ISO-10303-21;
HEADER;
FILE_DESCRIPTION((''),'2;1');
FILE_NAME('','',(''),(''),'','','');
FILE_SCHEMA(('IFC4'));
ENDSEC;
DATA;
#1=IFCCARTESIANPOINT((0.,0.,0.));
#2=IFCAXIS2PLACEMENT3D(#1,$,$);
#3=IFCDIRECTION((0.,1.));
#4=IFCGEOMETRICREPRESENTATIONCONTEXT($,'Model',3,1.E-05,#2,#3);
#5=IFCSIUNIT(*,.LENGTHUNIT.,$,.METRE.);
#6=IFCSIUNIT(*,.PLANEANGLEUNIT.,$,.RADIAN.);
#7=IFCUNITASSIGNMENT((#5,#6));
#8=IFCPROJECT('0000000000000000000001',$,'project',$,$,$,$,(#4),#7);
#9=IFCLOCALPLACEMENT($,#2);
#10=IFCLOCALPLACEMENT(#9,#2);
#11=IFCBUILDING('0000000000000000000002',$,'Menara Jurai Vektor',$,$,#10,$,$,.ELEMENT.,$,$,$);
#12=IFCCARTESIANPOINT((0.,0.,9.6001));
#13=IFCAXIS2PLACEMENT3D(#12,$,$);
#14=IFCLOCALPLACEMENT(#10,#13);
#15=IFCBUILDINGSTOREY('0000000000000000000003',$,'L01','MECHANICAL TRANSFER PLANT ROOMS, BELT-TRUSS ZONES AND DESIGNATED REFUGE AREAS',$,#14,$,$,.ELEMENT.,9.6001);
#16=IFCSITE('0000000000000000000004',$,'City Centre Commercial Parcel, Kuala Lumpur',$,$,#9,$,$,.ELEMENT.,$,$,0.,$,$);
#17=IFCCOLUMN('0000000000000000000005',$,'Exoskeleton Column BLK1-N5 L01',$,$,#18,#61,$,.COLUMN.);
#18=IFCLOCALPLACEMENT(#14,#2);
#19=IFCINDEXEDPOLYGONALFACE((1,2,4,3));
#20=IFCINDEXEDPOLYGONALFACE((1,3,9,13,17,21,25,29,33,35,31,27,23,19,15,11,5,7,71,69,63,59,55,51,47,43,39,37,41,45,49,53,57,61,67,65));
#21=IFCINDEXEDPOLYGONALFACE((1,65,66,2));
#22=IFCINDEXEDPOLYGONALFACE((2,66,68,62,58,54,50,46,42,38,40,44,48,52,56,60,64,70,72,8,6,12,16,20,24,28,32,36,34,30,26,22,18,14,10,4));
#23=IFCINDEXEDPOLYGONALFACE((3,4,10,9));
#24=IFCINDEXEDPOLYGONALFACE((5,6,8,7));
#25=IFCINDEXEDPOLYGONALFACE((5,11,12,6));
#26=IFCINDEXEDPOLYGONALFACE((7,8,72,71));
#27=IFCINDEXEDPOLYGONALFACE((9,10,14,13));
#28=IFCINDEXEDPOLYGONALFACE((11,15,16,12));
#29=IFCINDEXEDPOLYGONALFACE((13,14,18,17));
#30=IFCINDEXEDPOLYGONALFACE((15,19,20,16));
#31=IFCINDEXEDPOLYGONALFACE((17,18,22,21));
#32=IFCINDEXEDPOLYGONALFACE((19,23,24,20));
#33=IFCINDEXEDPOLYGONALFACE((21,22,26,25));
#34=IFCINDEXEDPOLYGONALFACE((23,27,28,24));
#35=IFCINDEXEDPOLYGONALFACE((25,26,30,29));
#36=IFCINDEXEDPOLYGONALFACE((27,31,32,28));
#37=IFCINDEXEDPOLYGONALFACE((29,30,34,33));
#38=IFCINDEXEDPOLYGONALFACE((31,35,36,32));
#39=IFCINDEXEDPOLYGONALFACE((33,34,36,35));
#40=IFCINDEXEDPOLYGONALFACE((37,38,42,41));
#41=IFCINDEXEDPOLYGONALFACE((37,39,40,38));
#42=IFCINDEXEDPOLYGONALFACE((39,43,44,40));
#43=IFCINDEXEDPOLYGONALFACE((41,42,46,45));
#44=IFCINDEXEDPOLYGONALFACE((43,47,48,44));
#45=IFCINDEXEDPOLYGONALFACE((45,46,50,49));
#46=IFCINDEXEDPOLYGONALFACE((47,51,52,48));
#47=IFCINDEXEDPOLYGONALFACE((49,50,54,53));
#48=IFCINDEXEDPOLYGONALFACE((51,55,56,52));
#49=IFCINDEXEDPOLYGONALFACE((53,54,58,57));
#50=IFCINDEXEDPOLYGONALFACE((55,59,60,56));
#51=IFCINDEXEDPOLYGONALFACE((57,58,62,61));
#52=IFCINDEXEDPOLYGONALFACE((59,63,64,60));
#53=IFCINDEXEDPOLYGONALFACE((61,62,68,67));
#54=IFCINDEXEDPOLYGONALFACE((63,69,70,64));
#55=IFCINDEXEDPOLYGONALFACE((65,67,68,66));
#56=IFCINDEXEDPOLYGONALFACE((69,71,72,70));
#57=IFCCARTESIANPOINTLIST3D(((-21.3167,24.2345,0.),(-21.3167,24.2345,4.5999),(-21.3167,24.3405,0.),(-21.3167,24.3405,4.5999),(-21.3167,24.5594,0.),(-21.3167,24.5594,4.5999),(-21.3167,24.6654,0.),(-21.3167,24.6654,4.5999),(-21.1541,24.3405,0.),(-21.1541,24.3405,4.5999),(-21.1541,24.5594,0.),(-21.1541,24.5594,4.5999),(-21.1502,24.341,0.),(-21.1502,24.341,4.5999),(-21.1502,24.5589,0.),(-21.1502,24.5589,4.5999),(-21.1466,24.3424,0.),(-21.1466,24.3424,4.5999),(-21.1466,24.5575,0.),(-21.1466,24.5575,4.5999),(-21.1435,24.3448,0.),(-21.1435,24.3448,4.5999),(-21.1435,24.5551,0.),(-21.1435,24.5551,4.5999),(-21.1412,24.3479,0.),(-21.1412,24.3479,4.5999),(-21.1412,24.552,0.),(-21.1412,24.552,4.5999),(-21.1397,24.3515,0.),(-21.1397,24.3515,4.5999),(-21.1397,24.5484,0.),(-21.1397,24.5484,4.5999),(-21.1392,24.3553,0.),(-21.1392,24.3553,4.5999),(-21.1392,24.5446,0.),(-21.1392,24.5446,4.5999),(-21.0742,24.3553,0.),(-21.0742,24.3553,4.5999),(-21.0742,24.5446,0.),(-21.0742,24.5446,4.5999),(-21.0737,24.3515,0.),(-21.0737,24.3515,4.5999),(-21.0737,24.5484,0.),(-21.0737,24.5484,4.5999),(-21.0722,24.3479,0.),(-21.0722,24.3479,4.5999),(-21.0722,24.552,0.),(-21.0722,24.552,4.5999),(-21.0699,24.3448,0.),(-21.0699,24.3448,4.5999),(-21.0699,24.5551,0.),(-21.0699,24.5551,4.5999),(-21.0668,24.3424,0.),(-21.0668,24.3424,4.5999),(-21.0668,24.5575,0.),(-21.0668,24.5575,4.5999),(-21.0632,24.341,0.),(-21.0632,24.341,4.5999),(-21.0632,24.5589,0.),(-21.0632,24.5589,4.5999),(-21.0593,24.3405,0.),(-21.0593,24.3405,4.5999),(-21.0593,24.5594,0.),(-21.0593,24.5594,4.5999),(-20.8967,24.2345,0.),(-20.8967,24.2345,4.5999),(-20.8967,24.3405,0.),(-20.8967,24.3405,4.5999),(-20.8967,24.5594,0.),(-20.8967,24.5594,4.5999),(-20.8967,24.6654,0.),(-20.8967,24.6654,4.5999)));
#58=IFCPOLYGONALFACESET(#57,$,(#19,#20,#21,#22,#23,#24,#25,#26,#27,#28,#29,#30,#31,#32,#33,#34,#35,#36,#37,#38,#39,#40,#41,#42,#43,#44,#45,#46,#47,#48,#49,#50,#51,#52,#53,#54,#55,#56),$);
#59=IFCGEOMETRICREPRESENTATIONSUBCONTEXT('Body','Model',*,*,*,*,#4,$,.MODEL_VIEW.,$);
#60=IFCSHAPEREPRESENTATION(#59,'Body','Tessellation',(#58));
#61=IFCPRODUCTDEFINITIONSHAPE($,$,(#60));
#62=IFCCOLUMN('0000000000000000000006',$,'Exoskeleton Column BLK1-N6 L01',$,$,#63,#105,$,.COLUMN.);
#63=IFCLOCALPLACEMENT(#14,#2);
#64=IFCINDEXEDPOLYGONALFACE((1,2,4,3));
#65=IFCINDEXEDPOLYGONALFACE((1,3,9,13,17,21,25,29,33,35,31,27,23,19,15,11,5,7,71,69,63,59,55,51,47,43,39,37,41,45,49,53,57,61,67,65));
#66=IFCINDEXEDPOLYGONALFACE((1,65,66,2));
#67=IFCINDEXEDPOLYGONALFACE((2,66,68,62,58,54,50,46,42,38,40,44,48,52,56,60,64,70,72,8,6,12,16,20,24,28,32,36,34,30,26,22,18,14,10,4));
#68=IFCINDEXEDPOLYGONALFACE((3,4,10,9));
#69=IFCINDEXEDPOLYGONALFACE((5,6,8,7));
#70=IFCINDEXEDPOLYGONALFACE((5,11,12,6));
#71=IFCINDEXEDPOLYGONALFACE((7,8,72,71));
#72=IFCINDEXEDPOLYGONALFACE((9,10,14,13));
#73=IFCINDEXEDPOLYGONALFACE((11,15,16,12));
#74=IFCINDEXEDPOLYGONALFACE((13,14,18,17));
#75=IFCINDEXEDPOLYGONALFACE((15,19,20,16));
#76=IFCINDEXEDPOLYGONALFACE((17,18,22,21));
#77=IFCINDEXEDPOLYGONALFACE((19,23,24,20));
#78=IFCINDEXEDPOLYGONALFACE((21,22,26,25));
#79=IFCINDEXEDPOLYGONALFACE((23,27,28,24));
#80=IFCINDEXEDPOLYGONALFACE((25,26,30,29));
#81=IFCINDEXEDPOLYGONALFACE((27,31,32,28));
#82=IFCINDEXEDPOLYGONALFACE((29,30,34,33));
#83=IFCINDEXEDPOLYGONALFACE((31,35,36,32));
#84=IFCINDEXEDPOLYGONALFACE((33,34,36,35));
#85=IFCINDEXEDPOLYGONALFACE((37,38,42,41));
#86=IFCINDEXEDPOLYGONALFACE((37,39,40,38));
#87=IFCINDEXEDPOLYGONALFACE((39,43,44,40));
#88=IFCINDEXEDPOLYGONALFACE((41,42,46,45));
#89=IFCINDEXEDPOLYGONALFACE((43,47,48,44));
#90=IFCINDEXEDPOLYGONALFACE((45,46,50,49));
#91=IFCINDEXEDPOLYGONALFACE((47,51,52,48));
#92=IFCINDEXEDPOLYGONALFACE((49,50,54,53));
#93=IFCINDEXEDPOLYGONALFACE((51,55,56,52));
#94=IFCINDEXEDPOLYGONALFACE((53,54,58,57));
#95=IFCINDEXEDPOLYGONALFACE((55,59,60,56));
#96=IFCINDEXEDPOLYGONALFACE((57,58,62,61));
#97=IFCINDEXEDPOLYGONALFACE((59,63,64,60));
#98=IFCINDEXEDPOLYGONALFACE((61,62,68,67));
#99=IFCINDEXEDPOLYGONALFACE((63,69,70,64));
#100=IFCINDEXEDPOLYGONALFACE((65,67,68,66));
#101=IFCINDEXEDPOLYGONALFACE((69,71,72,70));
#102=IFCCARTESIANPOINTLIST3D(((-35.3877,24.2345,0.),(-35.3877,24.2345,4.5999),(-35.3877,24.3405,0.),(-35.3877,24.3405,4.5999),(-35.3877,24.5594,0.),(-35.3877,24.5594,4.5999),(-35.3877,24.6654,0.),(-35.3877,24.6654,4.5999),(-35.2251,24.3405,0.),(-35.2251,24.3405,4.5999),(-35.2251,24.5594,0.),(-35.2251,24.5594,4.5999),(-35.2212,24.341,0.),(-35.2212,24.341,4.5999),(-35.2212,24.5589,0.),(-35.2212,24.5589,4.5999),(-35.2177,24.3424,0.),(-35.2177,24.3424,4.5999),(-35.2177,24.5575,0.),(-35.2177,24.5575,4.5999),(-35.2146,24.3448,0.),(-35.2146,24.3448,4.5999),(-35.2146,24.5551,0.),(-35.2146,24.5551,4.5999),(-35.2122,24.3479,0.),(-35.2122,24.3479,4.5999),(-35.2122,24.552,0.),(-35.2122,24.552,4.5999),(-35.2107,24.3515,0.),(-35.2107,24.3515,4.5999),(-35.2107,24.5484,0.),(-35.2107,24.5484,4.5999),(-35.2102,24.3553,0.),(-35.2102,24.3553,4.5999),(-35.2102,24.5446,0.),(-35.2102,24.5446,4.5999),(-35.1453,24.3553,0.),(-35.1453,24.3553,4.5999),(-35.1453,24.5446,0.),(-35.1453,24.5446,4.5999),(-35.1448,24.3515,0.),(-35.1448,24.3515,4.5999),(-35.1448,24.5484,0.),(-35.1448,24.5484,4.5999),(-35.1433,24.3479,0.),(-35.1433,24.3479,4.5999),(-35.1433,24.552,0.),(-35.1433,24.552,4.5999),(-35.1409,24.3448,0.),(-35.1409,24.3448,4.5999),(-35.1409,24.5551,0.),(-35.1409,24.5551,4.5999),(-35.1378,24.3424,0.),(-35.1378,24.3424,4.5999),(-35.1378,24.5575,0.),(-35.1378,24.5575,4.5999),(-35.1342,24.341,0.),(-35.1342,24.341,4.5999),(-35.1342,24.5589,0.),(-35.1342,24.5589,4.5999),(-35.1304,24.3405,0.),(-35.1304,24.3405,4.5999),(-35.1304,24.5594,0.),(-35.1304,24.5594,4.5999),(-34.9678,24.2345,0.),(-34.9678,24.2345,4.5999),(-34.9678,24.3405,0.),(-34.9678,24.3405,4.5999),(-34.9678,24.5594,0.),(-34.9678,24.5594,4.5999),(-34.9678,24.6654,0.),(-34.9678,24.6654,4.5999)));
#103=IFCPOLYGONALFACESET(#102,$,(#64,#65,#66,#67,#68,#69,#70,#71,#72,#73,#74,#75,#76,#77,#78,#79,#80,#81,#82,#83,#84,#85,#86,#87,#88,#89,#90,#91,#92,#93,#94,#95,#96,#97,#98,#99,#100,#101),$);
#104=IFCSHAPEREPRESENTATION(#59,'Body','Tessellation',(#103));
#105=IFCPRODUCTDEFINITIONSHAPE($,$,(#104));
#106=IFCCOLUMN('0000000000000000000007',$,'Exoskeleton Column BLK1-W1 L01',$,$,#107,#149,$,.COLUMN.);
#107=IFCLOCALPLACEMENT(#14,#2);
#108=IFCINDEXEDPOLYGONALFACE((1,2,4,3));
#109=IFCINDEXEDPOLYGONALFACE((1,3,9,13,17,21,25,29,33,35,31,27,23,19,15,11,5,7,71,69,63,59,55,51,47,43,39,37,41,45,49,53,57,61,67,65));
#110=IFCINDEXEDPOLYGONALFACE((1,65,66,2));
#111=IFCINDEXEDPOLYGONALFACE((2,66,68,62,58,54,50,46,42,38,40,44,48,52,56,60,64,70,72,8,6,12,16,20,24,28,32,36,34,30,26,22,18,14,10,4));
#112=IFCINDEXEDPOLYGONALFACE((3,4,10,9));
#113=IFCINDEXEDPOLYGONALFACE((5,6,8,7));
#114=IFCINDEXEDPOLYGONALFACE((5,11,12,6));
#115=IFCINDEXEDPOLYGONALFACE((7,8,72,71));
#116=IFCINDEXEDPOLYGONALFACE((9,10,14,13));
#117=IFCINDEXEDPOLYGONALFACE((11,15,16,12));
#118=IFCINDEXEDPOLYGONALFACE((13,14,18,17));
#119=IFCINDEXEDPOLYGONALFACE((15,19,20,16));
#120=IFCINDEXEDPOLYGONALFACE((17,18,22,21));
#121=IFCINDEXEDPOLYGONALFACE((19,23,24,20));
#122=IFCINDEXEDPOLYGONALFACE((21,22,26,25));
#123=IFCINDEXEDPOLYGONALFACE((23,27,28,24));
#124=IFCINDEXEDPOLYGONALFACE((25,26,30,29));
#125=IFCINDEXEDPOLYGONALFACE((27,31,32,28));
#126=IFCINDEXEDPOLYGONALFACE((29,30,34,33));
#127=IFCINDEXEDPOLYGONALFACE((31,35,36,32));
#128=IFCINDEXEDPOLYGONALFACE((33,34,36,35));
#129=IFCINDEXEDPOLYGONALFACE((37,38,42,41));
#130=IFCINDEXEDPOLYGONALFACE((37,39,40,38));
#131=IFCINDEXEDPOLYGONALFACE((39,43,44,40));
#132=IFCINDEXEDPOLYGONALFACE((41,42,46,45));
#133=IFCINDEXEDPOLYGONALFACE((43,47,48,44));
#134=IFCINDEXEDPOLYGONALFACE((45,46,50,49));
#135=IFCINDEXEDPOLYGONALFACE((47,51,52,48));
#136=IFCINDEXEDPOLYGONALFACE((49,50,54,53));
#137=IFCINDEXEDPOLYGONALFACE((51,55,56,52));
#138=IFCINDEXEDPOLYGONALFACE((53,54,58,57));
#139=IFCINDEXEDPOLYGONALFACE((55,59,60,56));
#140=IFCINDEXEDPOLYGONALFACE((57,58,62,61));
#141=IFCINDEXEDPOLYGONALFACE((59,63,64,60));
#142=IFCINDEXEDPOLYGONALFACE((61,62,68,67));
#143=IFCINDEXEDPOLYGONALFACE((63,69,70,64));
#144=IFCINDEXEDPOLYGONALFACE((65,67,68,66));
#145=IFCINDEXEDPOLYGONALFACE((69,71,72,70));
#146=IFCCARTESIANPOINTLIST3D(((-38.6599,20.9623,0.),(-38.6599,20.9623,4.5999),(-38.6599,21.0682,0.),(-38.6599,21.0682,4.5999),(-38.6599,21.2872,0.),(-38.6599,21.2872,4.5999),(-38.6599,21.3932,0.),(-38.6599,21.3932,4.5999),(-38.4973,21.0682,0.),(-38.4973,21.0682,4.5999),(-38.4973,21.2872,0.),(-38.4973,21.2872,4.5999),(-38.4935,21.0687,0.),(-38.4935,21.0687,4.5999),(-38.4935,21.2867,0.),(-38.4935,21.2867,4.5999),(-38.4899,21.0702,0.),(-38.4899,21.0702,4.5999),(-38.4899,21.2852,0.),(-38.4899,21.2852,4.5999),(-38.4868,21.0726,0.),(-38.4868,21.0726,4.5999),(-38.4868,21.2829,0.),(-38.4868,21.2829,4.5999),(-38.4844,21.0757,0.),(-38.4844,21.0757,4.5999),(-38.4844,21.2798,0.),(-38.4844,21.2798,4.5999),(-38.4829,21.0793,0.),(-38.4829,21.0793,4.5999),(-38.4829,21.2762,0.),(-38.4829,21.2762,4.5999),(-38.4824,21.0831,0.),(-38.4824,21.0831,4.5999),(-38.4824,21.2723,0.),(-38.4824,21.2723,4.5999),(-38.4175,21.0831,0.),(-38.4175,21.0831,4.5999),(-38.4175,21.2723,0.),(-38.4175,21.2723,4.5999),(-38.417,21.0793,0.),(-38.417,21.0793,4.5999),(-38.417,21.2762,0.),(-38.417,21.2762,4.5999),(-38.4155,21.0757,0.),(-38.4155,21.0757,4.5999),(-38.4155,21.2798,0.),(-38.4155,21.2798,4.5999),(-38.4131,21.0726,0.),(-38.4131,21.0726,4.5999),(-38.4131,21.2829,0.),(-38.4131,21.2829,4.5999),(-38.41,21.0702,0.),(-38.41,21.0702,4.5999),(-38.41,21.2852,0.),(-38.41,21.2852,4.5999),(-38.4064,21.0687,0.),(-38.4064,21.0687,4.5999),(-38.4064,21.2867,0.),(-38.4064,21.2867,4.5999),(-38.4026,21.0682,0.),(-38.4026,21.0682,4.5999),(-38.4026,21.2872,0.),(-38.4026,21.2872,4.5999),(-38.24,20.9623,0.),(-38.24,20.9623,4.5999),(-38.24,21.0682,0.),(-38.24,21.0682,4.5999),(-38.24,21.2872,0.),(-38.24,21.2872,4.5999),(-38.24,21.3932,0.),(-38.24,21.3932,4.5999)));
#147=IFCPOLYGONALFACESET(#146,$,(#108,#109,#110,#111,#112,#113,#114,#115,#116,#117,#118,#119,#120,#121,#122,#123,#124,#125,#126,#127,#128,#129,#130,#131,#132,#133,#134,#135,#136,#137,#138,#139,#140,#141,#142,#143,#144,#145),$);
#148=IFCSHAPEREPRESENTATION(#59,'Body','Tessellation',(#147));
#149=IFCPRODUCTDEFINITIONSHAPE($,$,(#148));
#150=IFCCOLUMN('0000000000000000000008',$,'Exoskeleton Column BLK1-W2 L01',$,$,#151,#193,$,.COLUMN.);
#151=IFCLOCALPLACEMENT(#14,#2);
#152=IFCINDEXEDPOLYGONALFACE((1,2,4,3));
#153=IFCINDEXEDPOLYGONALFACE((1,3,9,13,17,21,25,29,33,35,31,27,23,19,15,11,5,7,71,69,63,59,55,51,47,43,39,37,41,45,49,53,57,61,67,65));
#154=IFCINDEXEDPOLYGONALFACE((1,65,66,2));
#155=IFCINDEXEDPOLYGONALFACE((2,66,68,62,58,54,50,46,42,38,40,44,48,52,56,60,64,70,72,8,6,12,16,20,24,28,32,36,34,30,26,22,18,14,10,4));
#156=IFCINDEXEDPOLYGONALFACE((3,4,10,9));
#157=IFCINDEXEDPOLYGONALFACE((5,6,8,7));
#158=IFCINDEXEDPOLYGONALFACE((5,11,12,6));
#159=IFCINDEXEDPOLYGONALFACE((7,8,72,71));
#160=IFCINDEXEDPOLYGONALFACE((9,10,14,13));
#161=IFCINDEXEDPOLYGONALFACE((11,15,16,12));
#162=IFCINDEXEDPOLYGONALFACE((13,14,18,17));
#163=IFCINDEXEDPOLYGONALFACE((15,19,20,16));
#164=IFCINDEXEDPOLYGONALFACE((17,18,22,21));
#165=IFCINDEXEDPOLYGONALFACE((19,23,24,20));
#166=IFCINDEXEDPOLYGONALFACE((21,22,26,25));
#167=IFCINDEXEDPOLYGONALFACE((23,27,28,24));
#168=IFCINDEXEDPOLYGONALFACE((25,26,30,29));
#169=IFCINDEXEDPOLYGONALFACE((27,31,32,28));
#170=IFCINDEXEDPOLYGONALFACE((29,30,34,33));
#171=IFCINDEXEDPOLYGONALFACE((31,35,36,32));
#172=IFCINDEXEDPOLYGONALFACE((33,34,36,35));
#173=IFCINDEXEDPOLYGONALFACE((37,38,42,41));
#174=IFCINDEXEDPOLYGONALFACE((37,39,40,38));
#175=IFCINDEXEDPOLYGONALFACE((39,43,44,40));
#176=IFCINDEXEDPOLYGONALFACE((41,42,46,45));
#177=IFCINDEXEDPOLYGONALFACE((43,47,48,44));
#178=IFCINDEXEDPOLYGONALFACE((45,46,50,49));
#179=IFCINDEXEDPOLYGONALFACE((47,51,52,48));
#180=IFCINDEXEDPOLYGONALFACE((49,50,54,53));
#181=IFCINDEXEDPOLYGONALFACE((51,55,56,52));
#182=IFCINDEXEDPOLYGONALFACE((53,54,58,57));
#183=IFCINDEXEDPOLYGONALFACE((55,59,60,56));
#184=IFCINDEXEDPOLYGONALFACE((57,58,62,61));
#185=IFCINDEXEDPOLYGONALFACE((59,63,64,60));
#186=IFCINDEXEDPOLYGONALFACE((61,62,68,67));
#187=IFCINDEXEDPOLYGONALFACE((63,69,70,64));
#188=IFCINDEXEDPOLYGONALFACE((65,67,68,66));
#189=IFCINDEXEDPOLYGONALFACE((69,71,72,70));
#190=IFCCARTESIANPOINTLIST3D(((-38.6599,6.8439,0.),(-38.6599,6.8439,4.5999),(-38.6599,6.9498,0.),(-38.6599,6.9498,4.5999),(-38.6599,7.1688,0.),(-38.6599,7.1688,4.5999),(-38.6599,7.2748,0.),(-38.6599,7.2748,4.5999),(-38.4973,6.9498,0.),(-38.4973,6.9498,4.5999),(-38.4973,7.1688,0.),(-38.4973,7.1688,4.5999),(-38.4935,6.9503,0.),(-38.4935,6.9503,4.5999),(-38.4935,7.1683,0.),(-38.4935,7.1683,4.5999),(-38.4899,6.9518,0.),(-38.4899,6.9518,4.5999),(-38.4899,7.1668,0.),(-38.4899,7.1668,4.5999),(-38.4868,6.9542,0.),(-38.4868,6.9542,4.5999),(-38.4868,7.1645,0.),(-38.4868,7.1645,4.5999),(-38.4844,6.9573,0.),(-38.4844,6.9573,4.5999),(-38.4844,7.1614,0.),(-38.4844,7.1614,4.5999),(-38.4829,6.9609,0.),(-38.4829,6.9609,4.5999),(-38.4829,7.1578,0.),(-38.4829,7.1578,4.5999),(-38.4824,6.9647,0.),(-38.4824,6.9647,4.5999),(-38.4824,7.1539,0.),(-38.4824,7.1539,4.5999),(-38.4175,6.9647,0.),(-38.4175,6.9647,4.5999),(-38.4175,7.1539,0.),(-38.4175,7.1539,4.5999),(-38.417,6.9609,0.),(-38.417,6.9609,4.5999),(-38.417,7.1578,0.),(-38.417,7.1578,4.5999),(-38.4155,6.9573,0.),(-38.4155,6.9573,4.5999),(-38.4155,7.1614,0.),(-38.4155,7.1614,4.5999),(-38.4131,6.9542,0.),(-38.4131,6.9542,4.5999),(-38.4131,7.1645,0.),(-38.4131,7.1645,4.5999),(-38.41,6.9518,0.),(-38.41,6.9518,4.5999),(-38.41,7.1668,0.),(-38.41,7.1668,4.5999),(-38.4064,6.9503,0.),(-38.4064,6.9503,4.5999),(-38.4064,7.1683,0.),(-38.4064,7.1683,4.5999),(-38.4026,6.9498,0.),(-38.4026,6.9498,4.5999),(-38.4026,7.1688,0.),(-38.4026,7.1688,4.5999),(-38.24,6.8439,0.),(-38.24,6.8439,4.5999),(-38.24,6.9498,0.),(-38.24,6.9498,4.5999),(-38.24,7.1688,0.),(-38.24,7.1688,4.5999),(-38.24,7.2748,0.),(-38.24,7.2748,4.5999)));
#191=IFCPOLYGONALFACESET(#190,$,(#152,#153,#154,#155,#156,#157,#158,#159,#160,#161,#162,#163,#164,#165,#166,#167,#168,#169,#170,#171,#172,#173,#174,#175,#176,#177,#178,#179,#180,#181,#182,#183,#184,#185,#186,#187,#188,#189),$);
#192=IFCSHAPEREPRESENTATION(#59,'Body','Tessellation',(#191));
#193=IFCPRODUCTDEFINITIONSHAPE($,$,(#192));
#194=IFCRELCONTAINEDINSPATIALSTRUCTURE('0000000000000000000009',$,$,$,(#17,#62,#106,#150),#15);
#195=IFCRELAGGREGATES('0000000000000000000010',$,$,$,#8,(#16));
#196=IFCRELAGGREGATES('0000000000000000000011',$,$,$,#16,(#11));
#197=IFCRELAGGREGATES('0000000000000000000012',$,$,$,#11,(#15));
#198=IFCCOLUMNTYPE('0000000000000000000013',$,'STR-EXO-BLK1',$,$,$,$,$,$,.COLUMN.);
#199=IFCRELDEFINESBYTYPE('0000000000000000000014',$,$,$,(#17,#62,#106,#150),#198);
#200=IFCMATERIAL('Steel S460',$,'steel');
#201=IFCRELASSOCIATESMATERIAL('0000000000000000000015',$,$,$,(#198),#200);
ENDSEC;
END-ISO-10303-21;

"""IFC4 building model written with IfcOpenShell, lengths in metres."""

from ifc_helpers import new_model, si_unit, direction, frame, origin, origin_2d, place, context, subcontext, project, spatial, i_section, extrude, material, material_profile, profile_set, type_object, element, save


model = new_model("IFC4")

# Units and contexts
model_context = context("Model", 3, precision=1e-05, world=origin(), true_north=direction((0.0, 1.0)))
body_context = subcontext(model_context, "Body", "Model", "MODEL_VIEW")
ifc_project = project(units=[si_unit("LENGTHUNIT", "METRE"), si_unit("PLANEANGLEUNIT", "RADIAN")], contexts=[model_context])

# Site, building, storey
site_placement = place(None, origin())
site = spatial("IfcSite", under=ifc_project, at=site_placement, Name="City Centre Commercial Parcel, Kuala Lumpur", CompositionType="ELEMENT", RefElevation=0.0)
building_placement = place(site_placement, origin())
building = spatial("IfcBuilding", under=site, at=building_placement, Name="Menara Jurai Vektor", CompositionType="ELEMENT")
storey_placement = place(building_placement, frame((0.0, 0.0, 9.6001)))
storey = spatial("IfcBuildingStorey", under=building, at=storey_placement, Name="L01", Description="MECHANICAL TRANSFER PLANT ROOMS, BELT-TRUSS ZONES AND DESIGNATED REFUGE AREAS", CompositionType="ELEMENT", Elevation=9.6001)

# Columns
ifc_material_1 = material(Name="Steel S460", Category="steel")
ifc_material_profile_1 = material_profile(ifc_material_1, i_section(OverallWidth=0.4199, OverallDepth=0.4309, WebThickness=0.0649, FlangeThickness=0.106, FilletRadius=0.0149, at=origin_2d()), Name="HD 400x900")
ifc_profile_set_1 = profile_set([ifc_material_profile_1], Name="Steel S460")
column_type = type_object("IfcColumnType", Name="STR-EXO-BLK1", PredefinedType="COLUMN", material=ifc_profile_set_1)
for number, where, z_axis, x_axis, name in (
    (1, (-21.1067, 24.45, 0.0), (0.0, 0.0, 1.0), (1.0, 0.0, 0.0), "Exoskeleton Column BLK1-N5 L01"),
    (2, (-35.1777, 24.45, 0.0), (0.0, 0.0, 1.0), (1.0, 0.0, 0.0), "Exoskeleton Column BLK1-N6 L01"),
    (3, (-38.45, 21.1777, 0.0), (0.0, 0.0, 1.0), (1.0, 0.0, 0.0), "Exoskeleton Column BLK1-W1 L01"),
    (4, (-38.45, 7.0593, 0.0), (0.0, 0.0, 1.0), (1.0, 0.0, 0.0), "Exoskeleton Column BLK1-W2 L01"),
):
    element("IfcColumn", number, at=place(storey_placement, frame(where, z_axis=z_axis, x_axis=x_axis)), inside=storey, type_object=column_type, Name=name, PredefinedType="COLUMN", context=body_context, shape_type="SweptSolid", body=[
        extrude(i_section(OverallWidth=0.4199, OverallDepth=0.4309, WebThickness=0.0649, FlangeThickness=0.106, FilletRadius=0.0149, at=origin_2d()), origin(), (0.0, 0.0, 1.0), 4.5999),
    ])

save(model, "model.ifc")
